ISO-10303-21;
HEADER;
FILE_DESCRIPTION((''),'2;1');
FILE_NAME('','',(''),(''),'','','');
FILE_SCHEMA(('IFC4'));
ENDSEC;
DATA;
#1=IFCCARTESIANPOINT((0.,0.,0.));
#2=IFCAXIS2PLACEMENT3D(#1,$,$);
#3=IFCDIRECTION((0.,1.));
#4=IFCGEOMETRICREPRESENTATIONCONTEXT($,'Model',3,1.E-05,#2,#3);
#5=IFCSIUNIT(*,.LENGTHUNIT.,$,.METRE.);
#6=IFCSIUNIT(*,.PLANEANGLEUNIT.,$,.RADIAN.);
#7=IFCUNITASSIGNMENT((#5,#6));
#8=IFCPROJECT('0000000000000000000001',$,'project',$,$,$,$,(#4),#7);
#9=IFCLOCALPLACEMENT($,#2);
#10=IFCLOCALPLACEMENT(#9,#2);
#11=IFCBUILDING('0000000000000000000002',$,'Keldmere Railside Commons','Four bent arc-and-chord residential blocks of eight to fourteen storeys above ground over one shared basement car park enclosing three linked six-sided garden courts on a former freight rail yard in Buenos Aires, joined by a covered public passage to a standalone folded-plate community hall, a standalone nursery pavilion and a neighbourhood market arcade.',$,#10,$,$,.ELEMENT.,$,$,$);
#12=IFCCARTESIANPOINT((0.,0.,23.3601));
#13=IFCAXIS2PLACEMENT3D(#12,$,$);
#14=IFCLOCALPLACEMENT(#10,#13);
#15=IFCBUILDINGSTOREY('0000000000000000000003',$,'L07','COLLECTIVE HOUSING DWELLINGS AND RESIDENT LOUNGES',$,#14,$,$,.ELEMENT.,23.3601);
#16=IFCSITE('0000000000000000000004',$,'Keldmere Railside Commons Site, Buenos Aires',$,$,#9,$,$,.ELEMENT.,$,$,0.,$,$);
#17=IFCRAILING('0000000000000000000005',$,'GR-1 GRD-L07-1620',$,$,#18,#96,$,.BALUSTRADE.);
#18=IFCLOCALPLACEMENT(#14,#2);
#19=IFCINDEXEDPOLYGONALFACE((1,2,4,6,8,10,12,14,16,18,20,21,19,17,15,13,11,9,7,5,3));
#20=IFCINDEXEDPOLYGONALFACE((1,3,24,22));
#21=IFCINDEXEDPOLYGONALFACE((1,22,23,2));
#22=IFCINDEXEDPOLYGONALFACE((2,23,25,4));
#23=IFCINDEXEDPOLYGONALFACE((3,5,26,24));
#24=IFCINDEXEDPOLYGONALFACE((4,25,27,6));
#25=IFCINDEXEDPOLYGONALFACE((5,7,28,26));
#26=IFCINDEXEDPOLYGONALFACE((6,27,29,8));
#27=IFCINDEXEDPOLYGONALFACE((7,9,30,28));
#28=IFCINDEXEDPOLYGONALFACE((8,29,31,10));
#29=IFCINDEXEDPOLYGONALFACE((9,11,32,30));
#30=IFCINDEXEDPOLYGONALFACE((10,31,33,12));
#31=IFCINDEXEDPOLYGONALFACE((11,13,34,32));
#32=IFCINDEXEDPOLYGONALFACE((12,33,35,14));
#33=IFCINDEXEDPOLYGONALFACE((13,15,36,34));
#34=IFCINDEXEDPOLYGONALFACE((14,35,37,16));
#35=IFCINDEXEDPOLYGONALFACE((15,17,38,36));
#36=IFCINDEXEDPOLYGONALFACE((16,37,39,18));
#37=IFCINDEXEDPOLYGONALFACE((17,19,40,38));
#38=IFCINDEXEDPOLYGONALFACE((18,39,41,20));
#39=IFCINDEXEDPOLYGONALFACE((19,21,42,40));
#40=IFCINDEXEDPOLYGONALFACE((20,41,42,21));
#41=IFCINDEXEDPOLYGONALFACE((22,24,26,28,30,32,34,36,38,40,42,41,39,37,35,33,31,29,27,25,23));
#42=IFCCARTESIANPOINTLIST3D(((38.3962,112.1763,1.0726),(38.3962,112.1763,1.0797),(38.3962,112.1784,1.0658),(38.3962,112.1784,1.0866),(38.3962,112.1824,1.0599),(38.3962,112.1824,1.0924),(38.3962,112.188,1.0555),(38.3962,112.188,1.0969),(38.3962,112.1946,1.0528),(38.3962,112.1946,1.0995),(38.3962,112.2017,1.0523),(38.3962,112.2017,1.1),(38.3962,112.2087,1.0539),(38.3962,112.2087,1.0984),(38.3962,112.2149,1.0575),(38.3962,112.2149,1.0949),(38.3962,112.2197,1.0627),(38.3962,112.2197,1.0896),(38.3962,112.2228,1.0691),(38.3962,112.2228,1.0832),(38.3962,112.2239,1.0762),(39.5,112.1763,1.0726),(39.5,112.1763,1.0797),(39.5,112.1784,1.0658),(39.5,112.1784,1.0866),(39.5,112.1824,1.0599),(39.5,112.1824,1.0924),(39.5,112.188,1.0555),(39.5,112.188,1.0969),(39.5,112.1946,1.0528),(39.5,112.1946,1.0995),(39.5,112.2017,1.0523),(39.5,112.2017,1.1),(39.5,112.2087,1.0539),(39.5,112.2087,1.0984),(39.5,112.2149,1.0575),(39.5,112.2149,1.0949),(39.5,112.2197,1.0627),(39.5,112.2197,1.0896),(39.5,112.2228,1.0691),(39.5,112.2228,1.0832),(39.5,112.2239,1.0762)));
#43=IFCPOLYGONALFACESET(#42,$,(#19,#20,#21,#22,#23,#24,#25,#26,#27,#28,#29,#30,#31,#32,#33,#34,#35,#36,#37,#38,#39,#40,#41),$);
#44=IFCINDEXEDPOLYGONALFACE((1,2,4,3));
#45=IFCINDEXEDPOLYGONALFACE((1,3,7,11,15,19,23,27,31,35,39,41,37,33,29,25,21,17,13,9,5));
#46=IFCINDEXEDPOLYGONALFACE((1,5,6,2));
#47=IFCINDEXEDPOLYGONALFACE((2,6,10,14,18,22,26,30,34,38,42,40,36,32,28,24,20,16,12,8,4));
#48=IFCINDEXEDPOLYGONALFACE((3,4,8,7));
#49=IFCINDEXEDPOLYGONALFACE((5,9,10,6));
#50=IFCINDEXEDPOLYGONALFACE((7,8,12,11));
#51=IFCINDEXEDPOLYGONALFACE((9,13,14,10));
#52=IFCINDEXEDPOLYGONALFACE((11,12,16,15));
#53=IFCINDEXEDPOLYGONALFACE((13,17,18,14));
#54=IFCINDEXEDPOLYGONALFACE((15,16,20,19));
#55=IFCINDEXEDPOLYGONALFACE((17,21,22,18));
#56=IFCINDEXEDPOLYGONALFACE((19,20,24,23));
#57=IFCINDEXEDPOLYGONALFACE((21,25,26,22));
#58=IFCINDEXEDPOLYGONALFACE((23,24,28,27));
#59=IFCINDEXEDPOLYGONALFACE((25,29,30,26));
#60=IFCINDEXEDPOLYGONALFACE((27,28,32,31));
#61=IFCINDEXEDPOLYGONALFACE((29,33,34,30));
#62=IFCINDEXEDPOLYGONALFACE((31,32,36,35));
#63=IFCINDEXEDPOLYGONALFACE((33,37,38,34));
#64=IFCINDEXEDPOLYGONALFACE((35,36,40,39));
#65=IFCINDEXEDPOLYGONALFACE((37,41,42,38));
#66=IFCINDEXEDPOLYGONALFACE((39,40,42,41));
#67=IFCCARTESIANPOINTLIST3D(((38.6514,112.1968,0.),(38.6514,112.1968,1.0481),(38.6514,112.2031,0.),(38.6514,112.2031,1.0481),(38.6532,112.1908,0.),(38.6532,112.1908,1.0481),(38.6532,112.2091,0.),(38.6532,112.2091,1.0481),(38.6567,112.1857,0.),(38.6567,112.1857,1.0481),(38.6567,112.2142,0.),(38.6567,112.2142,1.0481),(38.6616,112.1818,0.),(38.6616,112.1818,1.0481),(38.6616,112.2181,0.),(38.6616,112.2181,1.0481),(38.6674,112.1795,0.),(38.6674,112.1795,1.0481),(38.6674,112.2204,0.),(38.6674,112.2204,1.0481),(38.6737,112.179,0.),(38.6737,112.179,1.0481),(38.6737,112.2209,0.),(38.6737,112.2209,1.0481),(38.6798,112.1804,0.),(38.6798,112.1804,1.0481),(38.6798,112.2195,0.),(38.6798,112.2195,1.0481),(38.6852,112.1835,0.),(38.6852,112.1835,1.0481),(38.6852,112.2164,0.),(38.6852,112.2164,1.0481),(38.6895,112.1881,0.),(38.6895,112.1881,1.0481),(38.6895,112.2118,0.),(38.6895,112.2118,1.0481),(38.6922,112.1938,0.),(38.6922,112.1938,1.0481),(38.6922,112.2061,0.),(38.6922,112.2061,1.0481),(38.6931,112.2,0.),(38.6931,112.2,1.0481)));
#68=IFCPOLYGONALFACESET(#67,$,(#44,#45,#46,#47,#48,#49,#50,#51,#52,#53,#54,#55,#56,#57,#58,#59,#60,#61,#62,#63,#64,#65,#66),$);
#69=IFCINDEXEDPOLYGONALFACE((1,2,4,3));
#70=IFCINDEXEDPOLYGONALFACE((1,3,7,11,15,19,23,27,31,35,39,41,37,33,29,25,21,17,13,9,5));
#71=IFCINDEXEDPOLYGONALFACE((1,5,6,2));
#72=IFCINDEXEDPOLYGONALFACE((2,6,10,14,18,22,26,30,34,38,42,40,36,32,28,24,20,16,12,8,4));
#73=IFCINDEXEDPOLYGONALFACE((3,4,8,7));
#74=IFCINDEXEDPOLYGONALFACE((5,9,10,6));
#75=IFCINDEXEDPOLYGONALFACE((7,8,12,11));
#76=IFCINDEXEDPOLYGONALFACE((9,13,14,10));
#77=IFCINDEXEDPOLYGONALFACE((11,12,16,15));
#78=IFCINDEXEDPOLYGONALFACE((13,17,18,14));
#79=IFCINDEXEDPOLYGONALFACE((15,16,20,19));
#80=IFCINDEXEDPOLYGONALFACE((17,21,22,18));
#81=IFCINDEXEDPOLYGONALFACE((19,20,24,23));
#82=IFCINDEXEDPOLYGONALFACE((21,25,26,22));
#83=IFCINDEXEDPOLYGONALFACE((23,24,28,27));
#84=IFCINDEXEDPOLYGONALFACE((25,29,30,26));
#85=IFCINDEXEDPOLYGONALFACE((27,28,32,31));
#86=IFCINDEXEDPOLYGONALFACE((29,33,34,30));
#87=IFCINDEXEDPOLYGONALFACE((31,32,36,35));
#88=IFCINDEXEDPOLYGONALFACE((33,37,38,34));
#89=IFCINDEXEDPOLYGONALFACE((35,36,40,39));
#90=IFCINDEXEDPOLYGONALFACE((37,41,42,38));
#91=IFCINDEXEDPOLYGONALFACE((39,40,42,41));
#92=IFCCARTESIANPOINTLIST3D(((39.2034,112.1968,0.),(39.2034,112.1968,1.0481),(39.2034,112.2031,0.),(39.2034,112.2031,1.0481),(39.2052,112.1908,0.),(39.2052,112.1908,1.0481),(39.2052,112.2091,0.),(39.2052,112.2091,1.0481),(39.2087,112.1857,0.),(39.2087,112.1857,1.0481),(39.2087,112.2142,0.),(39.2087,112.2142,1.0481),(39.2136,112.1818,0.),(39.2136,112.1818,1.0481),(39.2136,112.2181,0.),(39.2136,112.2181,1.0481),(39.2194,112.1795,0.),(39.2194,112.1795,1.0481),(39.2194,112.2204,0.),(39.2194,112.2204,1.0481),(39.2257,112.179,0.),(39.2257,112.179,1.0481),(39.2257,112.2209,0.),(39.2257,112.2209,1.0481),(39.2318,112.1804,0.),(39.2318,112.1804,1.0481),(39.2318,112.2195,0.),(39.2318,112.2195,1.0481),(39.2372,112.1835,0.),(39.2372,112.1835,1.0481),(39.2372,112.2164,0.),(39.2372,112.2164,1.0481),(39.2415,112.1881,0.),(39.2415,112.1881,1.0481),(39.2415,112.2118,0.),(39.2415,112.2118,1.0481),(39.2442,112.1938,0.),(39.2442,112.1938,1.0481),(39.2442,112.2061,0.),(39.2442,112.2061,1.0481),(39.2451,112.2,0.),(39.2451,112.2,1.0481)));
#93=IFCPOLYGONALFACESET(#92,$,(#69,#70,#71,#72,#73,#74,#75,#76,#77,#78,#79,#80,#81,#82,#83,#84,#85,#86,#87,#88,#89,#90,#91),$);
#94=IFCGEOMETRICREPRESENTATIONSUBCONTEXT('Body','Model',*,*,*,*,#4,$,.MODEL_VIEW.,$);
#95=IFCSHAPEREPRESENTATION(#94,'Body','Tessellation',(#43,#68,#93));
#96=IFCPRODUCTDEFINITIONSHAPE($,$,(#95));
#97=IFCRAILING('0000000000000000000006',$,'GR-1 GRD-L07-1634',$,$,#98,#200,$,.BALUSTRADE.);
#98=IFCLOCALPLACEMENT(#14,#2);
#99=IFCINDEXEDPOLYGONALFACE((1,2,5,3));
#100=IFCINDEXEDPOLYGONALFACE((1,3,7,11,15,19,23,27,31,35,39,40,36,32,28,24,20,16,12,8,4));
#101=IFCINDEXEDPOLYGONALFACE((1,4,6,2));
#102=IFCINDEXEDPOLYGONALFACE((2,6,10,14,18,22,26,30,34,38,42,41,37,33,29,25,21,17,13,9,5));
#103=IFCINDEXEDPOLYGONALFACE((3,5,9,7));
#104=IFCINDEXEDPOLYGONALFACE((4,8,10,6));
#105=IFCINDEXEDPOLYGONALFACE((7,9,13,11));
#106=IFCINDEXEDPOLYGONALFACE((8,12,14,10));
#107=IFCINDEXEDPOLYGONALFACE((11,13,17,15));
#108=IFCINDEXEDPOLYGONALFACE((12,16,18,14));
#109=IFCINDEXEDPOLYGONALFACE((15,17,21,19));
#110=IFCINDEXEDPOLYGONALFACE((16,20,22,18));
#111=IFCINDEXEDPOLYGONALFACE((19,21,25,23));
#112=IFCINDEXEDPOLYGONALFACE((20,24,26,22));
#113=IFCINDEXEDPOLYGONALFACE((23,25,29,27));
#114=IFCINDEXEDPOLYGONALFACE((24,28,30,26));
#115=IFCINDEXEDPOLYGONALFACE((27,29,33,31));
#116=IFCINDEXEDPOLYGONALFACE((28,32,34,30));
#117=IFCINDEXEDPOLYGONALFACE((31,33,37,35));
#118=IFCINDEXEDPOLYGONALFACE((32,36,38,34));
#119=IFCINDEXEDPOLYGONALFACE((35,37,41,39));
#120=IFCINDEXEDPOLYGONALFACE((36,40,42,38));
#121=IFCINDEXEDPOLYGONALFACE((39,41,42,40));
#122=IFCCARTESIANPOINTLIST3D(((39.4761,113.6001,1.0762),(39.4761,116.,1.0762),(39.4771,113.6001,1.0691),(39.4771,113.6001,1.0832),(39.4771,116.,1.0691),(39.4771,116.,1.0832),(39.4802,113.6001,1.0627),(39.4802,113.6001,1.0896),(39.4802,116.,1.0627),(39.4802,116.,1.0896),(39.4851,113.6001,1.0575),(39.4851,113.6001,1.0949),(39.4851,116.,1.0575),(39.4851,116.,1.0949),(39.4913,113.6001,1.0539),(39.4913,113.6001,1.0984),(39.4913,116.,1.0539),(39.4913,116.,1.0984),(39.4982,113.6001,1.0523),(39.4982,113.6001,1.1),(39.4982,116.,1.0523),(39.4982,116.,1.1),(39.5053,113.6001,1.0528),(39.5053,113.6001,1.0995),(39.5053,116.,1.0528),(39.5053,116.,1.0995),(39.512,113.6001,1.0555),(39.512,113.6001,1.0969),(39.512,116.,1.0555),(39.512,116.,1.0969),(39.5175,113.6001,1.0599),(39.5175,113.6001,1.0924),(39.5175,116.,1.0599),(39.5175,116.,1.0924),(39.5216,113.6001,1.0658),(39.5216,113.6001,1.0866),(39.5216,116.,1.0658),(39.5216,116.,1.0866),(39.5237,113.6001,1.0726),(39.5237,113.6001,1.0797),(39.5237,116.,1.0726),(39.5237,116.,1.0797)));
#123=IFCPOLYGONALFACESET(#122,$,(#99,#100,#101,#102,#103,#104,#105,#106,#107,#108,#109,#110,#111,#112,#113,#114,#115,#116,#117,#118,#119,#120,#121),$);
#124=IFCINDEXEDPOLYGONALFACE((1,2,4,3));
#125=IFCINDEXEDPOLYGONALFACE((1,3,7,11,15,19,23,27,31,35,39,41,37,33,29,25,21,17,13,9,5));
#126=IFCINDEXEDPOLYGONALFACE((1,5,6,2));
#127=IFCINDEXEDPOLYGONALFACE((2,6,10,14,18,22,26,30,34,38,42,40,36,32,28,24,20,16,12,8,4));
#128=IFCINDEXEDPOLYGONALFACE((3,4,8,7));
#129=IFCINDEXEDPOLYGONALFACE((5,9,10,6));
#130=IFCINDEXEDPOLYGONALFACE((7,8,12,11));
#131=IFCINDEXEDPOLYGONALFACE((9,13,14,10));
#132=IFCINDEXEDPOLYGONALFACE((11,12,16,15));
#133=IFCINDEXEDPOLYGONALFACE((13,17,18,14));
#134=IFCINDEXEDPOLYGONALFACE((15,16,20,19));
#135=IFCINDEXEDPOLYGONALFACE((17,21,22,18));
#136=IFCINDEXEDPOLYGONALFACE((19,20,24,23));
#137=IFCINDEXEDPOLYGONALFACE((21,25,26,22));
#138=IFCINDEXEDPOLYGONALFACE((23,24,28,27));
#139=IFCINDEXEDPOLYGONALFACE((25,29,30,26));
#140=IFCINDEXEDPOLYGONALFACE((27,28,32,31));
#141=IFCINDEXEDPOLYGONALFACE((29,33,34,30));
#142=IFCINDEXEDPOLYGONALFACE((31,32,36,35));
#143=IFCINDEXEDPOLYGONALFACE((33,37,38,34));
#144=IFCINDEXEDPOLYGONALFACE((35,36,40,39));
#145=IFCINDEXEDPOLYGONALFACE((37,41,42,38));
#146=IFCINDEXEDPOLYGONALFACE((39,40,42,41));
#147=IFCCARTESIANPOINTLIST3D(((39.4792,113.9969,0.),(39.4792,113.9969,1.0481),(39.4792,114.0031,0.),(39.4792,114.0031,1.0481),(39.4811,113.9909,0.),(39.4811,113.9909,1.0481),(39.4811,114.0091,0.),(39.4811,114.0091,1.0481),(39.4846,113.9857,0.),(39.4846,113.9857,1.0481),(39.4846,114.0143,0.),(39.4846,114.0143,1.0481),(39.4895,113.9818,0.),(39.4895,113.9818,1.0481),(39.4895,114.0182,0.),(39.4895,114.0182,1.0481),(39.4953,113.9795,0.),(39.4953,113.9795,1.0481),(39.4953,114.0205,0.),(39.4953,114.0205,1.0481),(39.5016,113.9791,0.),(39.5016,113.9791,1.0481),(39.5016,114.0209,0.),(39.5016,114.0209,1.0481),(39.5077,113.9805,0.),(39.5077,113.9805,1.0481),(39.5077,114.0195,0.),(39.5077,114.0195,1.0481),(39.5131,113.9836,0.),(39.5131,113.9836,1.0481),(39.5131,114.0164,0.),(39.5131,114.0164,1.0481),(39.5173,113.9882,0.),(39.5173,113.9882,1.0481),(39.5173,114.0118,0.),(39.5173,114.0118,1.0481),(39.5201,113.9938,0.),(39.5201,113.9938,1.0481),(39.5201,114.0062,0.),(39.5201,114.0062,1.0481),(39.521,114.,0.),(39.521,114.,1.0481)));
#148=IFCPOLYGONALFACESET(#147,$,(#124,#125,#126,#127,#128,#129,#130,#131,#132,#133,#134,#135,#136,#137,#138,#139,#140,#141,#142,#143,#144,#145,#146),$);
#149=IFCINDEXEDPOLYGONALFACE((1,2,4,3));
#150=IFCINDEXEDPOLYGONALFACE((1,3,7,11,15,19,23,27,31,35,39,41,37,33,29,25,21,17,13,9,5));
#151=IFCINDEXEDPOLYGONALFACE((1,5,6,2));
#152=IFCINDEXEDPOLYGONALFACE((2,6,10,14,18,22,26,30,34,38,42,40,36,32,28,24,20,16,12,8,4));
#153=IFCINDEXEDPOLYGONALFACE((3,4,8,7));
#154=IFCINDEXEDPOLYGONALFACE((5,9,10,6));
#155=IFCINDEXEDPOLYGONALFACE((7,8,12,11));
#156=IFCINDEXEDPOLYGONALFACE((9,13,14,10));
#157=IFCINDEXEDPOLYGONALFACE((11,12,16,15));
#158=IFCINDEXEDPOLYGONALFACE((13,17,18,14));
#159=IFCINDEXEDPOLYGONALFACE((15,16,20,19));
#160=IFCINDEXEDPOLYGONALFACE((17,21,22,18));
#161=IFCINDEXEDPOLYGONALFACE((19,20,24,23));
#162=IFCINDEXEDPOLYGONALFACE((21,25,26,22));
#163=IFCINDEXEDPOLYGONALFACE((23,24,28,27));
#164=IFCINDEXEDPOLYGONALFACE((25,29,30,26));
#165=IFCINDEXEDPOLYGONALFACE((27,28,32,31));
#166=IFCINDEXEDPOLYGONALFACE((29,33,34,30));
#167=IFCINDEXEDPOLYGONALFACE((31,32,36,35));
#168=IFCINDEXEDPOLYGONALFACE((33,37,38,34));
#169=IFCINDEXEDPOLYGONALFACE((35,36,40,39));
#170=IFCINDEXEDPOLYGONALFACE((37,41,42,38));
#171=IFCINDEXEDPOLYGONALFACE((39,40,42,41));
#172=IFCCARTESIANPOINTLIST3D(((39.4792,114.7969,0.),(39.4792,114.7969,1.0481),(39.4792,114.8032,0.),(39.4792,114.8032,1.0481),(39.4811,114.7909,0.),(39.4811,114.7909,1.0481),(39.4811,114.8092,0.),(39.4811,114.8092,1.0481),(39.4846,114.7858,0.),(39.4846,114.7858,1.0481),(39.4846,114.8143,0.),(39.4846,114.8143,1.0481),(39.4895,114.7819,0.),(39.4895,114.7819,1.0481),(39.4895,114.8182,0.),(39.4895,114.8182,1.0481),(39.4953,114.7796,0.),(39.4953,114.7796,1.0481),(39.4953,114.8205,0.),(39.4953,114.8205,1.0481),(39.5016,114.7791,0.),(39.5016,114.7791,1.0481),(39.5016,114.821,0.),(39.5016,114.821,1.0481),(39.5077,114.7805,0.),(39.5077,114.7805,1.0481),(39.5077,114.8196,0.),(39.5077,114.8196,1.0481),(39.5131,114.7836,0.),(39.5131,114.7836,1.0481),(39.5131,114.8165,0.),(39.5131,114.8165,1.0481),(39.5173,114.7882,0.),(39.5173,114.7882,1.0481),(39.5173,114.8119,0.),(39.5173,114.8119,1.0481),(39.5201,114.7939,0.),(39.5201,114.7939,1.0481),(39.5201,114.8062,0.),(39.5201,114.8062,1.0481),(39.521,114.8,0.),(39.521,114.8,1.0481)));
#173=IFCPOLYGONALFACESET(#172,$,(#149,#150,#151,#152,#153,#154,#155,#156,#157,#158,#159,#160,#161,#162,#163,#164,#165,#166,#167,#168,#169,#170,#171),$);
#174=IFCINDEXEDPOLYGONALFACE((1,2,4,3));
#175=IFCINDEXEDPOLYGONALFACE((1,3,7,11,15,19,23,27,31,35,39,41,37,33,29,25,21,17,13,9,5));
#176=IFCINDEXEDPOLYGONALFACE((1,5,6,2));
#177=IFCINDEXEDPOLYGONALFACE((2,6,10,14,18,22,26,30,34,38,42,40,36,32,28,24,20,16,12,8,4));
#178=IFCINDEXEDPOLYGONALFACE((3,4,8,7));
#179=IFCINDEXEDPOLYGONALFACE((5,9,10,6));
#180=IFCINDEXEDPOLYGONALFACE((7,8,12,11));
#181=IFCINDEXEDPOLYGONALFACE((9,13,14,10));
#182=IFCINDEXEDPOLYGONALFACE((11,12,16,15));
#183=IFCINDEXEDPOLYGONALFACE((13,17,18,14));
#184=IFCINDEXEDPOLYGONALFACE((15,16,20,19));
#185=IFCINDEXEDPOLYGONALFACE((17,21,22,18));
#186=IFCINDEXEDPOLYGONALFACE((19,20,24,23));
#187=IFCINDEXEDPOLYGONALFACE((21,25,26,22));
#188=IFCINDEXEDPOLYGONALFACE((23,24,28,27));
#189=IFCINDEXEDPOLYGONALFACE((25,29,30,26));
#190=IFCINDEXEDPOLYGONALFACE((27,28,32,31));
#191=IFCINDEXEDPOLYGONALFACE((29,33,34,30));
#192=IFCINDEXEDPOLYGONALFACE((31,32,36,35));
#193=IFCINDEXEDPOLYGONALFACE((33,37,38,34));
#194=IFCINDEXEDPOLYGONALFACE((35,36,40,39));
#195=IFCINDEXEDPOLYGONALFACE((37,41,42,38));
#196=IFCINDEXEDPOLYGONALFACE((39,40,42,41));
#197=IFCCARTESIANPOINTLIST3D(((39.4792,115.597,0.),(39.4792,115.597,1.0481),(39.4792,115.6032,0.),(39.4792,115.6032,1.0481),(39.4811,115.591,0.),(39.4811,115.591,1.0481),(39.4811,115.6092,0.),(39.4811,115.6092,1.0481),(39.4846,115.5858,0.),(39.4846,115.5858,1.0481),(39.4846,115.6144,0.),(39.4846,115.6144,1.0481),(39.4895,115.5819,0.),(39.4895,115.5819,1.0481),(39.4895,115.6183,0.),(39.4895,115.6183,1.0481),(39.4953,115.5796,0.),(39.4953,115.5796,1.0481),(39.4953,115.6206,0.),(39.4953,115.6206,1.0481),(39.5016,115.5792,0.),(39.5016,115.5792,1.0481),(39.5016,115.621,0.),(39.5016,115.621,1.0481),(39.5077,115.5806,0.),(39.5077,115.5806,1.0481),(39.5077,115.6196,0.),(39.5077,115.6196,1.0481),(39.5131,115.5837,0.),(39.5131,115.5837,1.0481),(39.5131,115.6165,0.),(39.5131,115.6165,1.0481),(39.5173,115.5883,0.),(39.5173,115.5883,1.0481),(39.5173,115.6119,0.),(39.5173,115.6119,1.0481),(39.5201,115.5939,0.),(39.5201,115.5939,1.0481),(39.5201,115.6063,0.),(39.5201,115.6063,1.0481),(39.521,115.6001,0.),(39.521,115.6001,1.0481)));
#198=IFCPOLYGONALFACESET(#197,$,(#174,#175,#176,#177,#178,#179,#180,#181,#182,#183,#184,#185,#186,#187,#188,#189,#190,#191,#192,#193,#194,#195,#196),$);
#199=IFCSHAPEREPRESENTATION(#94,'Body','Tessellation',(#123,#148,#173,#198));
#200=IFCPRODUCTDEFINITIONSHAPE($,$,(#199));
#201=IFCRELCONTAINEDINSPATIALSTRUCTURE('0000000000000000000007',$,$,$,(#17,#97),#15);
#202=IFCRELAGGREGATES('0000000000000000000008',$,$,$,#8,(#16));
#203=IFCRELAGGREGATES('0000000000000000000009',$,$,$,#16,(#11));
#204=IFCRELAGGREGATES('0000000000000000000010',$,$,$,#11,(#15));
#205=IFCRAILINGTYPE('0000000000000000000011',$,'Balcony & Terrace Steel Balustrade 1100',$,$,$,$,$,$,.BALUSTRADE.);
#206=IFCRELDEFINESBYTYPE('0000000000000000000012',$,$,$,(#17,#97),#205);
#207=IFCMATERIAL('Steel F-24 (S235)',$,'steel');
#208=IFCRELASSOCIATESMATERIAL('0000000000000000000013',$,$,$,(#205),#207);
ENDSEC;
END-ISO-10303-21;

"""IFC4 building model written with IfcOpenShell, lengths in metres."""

from ifc_helpers import new_model, si_unit, direction, frame, origin, origin_2d, place, context, subcontext, project, spatial, circle, extrude, material, type_object, element, save


model = new_model("IFC4")

# Units and contexts
model_context = context("Model", 3, precision=1e-05, world=origin(), true_north=direction((0.0, 1.0)))
body_context = subcontext(model_context, "Body", "Model", "MODEL_VIEW")
ifc_project = project(units=[si_unit("LENGTHUNIT", "METRE"), si_unit("PLANEANGLEUNIT", "RADIAN")], contexts=[model_context])

# Site, building, storey
site_placement = place(None, origin())
site = spatial("IfcSite", under=ifc_project, at=site_placement, Name="Keldmere Railside Commons Site, Buenos Aires", CompositionType="ELEMENT", RefElevation=0.0)
building_placement = place(site_placement, origin())
building = spatial("IfcBuilding", under=site, at=building_placement, Name="Keldmere Railside Commons", Description="Four bent arc-and-chord residential blocks of eight to fourteen storeys above ground over one shared basement car park enclosing three linked six-sided garden courts on a former freight rail yard in Buenos Aires, joined by a covered public passage to a standalone folded-plate community hall, a standalone nursery pavilion and a neighbourhood market arcade.", CompositionType="ELEMENT")
storey_placement = place(building_placement, frame((0.0, 0.0, 23.3601)))
storey = spatial("IfcBuildingStorey", under=building, at=storey_placement, Name="L07", Description="COLLECTIVE HOUSING DWELLINGS AND RESIDENT LOUNGES", CompositionType="ELEMENT", Elevation=23.3601)

# Railings
ifc_material_1 = material(Name="Steel F-24 (S235)", Category="steel")
railing_type = type_object("IfcRailingType", Name="Balcony & Terrace Steel Balustrade 1100", PredefinedType="BALUSTRADE", material=ifc_material_1)
railing_1_placement = place(storey_placement, frame((38.3962, 112.2, 0.0)))
element("IfcRailing", 1, at=railing_1_placement, inside=storey, type_object=railing_type, Name="GR-1 GRD-L07-1620", PredefinedType="BALUSTRADE", context=body_context, shape_type="SweptSolid", body=[
    extrude(circle(Radius=0.0239, at=origin_2d()), frame((0.0, 0.0, 1.0762), z_axis=(1.0, 0.0, 0.0), x_axis=(0.0, 1.0, 0.0)), (0.0, 0.0, 1.0), 1.1038),
    extrude(circle(Radius=0.021, at=origin_2d()), frame((0.2759, 0.0, 0.0)), (0.0, 0.0, 1.0), 1.0481),
    extrude(circle(Radius=0.021, at=origin_2d()), frame((0.8279, 0.0, 0.0)), (0.0, 0.0, 1.0), 1.0481),
])
railing_2_placement = place(storey_placement, frame((39.5, 113.6001, 0.0)))
element("IfcRailing", 2, at=railing_2_placement, inside=storey, type_object=railing_type, Name="GR-1 GRD-L07-1634", PredefinedType="BALUSTRADE", context=body_context, shape_type="SweptSolid", body=[
    extrude(circle(Radius=0.0239, at=origin_2d()), frame((0.0, 0.0, 1.0762), z_axis=(0.0, 1.0, 0.0), x_axis=(-1.0, 0.0, 0.0)), (0.0, 0.0, 1.0), 2.3999),
    extrude(circle(Radius=0.021, at=origin_2d()), frame((0.0, 0.3999, 0.0)), (0.0, 0.0, 1.0), 1.0481),
    extrude(circle(Radius=0.021, at=origin_2d()), frame((0.0, 1.2, 0.0)), (0.0, 0.0, 1.0), 1.0481),
    extrude(circle(Radius=0.021, at=origin_2d()), frame((0.0, 2.0, 0.0)), (0.0, 0.0, 1.0), 1.0481),
])

save(model, "model.ifc")
